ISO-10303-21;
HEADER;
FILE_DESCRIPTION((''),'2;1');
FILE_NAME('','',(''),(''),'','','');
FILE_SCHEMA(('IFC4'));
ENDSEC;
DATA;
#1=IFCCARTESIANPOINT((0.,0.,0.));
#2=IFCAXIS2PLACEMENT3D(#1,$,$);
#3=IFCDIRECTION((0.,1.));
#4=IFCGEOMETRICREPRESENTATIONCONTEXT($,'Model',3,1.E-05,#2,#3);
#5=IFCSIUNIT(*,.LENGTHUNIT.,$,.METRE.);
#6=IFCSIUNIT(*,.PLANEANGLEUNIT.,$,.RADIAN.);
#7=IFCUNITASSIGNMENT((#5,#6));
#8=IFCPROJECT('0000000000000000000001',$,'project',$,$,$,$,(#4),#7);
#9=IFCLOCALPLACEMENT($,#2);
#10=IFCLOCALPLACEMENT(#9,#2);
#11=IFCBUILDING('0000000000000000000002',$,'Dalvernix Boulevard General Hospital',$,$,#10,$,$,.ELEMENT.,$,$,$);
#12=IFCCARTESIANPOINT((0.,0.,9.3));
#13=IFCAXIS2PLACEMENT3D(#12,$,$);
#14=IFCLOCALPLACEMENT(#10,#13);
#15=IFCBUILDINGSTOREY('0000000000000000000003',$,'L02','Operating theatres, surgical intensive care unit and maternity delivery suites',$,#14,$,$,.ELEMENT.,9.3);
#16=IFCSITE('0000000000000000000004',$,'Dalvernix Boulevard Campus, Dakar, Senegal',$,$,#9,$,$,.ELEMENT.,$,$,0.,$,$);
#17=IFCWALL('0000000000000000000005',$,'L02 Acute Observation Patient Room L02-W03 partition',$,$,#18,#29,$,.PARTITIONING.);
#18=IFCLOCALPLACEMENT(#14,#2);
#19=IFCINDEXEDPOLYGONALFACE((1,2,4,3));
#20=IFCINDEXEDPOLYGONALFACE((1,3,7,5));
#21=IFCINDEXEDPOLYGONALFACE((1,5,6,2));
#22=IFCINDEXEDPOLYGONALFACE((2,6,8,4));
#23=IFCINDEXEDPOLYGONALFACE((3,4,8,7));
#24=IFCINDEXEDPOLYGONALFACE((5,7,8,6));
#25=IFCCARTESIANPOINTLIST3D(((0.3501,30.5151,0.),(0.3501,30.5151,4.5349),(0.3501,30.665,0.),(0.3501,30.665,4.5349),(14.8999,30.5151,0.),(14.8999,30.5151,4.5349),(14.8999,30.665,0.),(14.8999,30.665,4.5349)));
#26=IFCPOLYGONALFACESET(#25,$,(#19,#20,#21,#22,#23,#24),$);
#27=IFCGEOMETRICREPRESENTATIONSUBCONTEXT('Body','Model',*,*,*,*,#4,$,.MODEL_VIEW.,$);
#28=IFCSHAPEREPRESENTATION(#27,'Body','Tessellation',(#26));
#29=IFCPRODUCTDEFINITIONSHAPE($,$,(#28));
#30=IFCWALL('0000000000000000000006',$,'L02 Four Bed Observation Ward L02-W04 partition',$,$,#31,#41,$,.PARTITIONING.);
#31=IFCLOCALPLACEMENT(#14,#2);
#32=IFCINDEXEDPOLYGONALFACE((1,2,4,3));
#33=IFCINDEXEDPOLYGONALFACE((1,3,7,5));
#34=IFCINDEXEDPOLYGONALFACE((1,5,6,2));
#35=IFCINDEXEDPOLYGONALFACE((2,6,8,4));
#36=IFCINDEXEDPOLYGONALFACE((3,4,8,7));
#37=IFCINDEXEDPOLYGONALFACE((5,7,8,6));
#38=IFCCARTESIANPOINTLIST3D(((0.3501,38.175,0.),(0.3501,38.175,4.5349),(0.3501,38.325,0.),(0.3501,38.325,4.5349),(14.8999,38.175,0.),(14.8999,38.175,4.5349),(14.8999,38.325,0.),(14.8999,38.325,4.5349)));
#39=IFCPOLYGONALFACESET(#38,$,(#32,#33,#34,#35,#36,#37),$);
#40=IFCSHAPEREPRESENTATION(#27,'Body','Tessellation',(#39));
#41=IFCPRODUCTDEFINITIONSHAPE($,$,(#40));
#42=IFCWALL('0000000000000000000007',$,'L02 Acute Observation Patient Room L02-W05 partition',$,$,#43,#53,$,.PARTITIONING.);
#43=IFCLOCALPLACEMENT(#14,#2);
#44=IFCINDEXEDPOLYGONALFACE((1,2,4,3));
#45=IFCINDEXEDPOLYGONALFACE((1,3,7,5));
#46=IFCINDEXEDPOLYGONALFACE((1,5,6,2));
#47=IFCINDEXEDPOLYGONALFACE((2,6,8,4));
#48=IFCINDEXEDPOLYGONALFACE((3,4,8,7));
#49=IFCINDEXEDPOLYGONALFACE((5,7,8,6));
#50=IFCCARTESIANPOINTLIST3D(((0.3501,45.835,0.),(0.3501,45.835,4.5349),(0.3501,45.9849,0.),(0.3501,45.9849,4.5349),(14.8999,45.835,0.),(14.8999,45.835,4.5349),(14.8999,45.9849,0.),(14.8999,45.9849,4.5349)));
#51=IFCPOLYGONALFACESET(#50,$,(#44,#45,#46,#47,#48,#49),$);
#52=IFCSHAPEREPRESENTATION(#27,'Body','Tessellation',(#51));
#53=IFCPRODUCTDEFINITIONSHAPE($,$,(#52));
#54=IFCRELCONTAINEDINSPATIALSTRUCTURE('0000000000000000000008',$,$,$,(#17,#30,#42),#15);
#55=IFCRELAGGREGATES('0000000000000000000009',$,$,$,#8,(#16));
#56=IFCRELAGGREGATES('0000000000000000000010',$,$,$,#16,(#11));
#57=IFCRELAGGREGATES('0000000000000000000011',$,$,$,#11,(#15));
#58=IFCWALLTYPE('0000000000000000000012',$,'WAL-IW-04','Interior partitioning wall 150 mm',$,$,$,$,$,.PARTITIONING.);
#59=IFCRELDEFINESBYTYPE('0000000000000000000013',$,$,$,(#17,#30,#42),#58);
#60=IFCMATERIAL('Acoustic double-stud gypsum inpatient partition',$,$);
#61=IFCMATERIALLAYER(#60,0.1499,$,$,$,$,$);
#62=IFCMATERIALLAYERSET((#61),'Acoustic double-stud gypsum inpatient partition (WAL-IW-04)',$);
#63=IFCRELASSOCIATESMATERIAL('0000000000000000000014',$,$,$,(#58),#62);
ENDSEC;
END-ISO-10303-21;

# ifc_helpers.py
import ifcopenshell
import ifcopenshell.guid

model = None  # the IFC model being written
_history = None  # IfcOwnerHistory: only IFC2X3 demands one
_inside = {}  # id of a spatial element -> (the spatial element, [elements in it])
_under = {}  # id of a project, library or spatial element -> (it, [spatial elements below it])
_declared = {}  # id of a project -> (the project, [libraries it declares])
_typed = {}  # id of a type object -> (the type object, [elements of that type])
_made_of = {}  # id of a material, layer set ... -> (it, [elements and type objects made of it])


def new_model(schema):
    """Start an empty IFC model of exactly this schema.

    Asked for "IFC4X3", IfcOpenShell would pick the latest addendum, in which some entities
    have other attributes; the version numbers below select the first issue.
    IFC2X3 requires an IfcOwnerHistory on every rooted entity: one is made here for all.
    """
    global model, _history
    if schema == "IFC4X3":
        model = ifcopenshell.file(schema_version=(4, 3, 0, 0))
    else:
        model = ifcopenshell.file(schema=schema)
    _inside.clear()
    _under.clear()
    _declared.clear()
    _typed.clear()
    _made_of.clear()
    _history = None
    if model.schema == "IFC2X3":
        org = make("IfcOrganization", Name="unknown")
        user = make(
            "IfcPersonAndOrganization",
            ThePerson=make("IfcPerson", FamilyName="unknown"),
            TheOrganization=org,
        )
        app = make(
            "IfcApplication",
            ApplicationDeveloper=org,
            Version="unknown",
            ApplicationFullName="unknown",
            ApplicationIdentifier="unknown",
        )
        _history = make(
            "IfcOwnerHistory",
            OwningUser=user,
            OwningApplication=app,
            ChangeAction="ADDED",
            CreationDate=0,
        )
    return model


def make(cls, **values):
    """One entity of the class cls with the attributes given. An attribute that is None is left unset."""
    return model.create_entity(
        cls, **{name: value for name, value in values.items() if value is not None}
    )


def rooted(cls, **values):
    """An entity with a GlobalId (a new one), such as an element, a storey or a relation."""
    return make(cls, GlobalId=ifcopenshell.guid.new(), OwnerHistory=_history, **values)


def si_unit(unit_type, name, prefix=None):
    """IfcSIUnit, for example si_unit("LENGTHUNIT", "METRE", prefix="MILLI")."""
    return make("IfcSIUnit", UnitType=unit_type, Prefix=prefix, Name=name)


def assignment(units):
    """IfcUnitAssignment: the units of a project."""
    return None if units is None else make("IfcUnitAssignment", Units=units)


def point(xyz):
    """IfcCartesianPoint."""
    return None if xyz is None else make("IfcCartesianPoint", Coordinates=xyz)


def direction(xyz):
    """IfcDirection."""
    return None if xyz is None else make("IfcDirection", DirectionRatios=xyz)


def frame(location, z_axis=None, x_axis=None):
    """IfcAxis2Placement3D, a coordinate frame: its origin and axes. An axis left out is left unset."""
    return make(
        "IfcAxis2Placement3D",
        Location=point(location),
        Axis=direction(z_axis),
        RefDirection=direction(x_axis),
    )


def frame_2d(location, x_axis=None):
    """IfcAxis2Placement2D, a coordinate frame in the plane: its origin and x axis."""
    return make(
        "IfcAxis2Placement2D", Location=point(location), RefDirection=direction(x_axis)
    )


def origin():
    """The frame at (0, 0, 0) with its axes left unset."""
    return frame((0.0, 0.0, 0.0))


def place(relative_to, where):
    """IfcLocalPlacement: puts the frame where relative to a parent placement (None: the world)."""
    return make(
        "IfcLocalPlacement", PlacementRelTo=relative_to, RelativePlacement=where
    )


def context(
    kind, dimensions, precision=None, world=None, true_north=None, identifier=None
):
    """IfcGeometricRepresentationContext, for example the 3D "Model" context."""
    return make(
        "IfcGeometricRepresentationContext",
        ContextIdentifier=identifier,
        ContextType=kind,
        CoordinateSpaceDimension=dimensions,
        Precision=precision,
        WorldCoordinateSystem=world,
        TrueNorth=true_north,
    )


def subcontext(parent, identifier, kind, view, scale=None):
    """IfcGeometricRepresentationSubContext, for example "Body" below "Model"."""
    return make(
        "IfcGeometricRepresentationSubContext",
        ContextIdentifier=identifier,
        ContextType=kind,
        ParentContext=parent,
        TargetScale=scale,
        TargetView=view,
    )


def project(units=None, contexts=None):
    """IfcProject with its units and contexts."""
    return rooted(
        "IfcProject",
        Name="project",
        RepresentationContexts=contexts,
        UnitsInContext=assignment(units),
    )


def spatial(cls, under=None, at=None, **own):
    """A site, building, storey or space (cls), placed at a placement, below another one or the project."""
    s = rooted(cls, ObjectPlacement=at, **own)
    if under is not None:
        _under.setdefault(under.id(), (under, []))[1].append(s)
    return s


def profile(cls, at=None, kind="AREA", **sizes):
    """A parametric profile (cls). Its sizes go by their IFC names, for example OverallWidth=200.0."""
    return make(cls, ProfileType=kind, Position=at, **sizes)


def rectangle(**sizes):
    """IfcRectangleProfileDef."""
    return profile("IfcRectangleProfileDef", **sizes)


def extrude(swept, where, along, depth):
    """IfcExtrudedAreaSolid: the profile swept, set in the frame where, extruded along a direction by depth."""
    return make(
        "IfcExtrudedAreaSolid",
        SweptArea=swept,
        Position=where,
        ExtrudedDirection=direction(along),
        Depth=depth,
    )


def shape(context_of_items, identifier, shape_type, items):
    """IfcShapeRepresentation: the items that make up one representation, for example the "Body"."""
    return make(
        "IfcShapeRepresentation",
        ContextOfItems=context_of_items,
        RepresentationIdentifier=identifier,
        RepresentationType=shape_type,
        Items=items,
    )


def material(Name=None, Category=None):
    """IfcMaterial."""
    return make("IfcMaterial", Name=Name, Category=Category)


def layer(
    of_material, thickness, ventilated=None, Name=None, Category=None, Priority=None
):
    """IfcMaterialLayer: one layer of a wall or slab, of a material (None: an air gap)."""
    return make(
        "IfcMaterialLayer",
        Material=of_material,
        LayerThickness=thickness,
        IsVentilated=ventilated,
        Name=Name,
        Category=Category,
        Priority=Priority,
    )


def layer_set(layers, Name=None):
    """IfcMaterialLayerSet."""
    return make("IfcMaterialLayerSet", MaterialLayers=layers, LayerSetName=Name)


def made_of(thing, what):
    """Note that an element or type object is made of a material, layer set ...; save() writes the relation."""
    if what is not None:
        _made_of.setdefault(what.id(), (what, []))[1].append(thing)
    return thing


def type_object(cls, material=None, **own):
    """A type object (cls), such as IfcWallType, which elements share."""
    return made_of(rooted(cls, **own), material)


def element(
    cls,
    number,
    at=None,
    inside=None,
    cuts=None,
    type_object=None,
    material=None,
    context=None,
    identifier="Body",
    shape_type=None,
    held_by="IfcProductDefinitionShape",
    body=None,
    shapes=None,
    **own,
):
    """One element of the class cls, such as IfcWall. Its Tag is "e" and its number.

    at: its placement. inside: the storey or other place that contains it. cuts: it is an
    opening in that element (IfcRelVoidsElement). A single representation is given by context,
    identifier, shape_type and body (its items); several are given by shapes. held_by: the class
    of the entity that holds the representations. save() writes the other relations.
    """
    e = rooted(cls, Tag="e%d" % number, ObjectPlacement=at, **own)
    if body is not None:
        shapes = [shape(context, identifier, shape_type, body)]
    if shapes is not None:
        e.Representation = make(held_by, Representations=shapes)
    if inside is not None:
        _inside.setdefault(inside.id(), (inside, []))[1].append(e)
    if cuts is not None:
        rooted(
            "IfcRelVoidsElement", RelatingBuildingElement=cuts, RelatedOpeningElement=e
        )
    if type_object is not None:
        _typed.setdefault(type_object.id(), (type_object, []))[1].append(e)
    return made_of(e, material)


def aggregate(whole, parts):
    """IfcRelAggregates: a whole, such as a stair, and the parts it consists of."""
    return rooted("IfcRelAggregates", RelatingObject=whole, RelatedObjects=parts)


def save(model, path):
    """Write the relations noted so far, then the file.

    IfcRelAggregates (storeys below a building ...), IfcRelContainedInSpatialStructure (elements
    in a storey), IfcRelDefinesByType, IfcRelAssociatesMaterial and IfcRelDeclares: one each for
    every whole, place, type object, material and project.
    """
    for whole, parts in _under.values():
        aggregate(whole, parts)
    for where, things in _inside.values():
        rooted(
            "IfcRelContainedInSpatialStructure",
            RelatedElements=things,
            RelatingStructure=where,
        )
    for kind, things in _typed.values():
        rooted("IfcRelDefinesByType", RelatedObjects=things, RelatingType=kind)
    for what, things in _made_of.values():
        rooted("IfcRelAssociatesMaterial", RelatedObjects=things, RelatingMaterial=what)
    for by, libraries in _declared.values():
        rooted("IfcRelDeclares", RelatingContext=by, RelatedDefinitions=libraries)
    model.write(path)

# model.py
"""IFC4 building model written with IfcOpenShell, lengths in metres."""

from ifc_helpers import new_model, si_unit, direction, frame, frame_2d, origin, place, context, subcontext, project, spatial, rectangle, extrude, material, layer, layer_set, type_object, element, save


model = new_model("IFC4")

# Units and contexts
model_context = context("Model", 3, precision=1e-05, world=origin(), true_north=direction((0.0, 1.0)))
body_context = subcontext(model_context, "Body", "Model", "MODEL_VIEW")
ifc_project = project(units=[si_unit("LENGTHUNIT", "METRE"), si_unit("PLANEANGLEUNIT", "RADIAN")], contexts=[model_context])

# Site, building, storey
site_placement = place(None, origin())
site = spatial("IfcSite", under=ifc_project, at=site_placement, Name="Dalvernix Boulevard Campus, Dakar, Senegal", CompositionType="ELEMENT", RefElevation=0.0)
building_placement = place(site_placement, origin())
building = spatial("IfcBuilding", under=site, at=building_placement, Name="Dalvernix Boulevard General Hospital", CompositionType="ELEMENT")
storey_placement = place(building_placement, frame((0.0, 0.0, 9.3)))
storey = spatial("IfcBuildingStorey", under=building, at=storey_placement, Name="L02", Description="Operating theatres, surgical intensive care unit and maternity delivery suites", CompositionType="ELEMENT", Elevation=9.3)

# Walls
ifc_material_1 = material(Name="Acoustic double-stud gypsum inpatient partition")
ifc_layer_1 = layer(ifc_material_1, 0.1499)
ifc_layer_set_1 = layer_set([ifc_layer_1], Name="Acoustic double-stud gypsum inpatient partition (WAL-IW-04)")
wall_type_1 = type_object("IfcWallType", Name="WAL-IW-04", Description="Interior partitioning wall 150 mm", PredefinedType="PARTITIONING", material=ifc_layer_set_1)
for number, where, z_axis, x_axis, name in (
    (1, (0.3501, 30.5901, 0.0), (0.0, 0.0, 1.0), (1.0, 0.0, 0.0), "L02 Acute Observation Patient Room L02-W03 partition"),
    (2, (0.3501, 38.25, 0.0), (0.0, 0.0, 1.0), (1.0, 0.0, 0.0), "L02 Four Bed Observation Ward L02-W04 partition"),
    (3, (0.3501, 45.9099, 0.0), (0.0, 0.0, 1.0), (1.0, 0.0, 0.0), "L02 Acute Observation Patient Room L02-W05 partition"),
):
    element("IfcWall", number, at=place(storey_placement, frame(where, z_axis=z_axis, x_axis=x_axis)), inside=storey, type_object=wall_type_1, Name=name, PredefinedType="PARTITIONING", context=body_context, shape_type="SweptSolid", body=[
        extrude(rectangle(XDim=14.5498, YDim=0.1499, at=frame_2d((7.2749, 0.0))), origin(), (0.0, 0.0, 1.0), 4.5349),
    ])

save(model, "model.ifc")
